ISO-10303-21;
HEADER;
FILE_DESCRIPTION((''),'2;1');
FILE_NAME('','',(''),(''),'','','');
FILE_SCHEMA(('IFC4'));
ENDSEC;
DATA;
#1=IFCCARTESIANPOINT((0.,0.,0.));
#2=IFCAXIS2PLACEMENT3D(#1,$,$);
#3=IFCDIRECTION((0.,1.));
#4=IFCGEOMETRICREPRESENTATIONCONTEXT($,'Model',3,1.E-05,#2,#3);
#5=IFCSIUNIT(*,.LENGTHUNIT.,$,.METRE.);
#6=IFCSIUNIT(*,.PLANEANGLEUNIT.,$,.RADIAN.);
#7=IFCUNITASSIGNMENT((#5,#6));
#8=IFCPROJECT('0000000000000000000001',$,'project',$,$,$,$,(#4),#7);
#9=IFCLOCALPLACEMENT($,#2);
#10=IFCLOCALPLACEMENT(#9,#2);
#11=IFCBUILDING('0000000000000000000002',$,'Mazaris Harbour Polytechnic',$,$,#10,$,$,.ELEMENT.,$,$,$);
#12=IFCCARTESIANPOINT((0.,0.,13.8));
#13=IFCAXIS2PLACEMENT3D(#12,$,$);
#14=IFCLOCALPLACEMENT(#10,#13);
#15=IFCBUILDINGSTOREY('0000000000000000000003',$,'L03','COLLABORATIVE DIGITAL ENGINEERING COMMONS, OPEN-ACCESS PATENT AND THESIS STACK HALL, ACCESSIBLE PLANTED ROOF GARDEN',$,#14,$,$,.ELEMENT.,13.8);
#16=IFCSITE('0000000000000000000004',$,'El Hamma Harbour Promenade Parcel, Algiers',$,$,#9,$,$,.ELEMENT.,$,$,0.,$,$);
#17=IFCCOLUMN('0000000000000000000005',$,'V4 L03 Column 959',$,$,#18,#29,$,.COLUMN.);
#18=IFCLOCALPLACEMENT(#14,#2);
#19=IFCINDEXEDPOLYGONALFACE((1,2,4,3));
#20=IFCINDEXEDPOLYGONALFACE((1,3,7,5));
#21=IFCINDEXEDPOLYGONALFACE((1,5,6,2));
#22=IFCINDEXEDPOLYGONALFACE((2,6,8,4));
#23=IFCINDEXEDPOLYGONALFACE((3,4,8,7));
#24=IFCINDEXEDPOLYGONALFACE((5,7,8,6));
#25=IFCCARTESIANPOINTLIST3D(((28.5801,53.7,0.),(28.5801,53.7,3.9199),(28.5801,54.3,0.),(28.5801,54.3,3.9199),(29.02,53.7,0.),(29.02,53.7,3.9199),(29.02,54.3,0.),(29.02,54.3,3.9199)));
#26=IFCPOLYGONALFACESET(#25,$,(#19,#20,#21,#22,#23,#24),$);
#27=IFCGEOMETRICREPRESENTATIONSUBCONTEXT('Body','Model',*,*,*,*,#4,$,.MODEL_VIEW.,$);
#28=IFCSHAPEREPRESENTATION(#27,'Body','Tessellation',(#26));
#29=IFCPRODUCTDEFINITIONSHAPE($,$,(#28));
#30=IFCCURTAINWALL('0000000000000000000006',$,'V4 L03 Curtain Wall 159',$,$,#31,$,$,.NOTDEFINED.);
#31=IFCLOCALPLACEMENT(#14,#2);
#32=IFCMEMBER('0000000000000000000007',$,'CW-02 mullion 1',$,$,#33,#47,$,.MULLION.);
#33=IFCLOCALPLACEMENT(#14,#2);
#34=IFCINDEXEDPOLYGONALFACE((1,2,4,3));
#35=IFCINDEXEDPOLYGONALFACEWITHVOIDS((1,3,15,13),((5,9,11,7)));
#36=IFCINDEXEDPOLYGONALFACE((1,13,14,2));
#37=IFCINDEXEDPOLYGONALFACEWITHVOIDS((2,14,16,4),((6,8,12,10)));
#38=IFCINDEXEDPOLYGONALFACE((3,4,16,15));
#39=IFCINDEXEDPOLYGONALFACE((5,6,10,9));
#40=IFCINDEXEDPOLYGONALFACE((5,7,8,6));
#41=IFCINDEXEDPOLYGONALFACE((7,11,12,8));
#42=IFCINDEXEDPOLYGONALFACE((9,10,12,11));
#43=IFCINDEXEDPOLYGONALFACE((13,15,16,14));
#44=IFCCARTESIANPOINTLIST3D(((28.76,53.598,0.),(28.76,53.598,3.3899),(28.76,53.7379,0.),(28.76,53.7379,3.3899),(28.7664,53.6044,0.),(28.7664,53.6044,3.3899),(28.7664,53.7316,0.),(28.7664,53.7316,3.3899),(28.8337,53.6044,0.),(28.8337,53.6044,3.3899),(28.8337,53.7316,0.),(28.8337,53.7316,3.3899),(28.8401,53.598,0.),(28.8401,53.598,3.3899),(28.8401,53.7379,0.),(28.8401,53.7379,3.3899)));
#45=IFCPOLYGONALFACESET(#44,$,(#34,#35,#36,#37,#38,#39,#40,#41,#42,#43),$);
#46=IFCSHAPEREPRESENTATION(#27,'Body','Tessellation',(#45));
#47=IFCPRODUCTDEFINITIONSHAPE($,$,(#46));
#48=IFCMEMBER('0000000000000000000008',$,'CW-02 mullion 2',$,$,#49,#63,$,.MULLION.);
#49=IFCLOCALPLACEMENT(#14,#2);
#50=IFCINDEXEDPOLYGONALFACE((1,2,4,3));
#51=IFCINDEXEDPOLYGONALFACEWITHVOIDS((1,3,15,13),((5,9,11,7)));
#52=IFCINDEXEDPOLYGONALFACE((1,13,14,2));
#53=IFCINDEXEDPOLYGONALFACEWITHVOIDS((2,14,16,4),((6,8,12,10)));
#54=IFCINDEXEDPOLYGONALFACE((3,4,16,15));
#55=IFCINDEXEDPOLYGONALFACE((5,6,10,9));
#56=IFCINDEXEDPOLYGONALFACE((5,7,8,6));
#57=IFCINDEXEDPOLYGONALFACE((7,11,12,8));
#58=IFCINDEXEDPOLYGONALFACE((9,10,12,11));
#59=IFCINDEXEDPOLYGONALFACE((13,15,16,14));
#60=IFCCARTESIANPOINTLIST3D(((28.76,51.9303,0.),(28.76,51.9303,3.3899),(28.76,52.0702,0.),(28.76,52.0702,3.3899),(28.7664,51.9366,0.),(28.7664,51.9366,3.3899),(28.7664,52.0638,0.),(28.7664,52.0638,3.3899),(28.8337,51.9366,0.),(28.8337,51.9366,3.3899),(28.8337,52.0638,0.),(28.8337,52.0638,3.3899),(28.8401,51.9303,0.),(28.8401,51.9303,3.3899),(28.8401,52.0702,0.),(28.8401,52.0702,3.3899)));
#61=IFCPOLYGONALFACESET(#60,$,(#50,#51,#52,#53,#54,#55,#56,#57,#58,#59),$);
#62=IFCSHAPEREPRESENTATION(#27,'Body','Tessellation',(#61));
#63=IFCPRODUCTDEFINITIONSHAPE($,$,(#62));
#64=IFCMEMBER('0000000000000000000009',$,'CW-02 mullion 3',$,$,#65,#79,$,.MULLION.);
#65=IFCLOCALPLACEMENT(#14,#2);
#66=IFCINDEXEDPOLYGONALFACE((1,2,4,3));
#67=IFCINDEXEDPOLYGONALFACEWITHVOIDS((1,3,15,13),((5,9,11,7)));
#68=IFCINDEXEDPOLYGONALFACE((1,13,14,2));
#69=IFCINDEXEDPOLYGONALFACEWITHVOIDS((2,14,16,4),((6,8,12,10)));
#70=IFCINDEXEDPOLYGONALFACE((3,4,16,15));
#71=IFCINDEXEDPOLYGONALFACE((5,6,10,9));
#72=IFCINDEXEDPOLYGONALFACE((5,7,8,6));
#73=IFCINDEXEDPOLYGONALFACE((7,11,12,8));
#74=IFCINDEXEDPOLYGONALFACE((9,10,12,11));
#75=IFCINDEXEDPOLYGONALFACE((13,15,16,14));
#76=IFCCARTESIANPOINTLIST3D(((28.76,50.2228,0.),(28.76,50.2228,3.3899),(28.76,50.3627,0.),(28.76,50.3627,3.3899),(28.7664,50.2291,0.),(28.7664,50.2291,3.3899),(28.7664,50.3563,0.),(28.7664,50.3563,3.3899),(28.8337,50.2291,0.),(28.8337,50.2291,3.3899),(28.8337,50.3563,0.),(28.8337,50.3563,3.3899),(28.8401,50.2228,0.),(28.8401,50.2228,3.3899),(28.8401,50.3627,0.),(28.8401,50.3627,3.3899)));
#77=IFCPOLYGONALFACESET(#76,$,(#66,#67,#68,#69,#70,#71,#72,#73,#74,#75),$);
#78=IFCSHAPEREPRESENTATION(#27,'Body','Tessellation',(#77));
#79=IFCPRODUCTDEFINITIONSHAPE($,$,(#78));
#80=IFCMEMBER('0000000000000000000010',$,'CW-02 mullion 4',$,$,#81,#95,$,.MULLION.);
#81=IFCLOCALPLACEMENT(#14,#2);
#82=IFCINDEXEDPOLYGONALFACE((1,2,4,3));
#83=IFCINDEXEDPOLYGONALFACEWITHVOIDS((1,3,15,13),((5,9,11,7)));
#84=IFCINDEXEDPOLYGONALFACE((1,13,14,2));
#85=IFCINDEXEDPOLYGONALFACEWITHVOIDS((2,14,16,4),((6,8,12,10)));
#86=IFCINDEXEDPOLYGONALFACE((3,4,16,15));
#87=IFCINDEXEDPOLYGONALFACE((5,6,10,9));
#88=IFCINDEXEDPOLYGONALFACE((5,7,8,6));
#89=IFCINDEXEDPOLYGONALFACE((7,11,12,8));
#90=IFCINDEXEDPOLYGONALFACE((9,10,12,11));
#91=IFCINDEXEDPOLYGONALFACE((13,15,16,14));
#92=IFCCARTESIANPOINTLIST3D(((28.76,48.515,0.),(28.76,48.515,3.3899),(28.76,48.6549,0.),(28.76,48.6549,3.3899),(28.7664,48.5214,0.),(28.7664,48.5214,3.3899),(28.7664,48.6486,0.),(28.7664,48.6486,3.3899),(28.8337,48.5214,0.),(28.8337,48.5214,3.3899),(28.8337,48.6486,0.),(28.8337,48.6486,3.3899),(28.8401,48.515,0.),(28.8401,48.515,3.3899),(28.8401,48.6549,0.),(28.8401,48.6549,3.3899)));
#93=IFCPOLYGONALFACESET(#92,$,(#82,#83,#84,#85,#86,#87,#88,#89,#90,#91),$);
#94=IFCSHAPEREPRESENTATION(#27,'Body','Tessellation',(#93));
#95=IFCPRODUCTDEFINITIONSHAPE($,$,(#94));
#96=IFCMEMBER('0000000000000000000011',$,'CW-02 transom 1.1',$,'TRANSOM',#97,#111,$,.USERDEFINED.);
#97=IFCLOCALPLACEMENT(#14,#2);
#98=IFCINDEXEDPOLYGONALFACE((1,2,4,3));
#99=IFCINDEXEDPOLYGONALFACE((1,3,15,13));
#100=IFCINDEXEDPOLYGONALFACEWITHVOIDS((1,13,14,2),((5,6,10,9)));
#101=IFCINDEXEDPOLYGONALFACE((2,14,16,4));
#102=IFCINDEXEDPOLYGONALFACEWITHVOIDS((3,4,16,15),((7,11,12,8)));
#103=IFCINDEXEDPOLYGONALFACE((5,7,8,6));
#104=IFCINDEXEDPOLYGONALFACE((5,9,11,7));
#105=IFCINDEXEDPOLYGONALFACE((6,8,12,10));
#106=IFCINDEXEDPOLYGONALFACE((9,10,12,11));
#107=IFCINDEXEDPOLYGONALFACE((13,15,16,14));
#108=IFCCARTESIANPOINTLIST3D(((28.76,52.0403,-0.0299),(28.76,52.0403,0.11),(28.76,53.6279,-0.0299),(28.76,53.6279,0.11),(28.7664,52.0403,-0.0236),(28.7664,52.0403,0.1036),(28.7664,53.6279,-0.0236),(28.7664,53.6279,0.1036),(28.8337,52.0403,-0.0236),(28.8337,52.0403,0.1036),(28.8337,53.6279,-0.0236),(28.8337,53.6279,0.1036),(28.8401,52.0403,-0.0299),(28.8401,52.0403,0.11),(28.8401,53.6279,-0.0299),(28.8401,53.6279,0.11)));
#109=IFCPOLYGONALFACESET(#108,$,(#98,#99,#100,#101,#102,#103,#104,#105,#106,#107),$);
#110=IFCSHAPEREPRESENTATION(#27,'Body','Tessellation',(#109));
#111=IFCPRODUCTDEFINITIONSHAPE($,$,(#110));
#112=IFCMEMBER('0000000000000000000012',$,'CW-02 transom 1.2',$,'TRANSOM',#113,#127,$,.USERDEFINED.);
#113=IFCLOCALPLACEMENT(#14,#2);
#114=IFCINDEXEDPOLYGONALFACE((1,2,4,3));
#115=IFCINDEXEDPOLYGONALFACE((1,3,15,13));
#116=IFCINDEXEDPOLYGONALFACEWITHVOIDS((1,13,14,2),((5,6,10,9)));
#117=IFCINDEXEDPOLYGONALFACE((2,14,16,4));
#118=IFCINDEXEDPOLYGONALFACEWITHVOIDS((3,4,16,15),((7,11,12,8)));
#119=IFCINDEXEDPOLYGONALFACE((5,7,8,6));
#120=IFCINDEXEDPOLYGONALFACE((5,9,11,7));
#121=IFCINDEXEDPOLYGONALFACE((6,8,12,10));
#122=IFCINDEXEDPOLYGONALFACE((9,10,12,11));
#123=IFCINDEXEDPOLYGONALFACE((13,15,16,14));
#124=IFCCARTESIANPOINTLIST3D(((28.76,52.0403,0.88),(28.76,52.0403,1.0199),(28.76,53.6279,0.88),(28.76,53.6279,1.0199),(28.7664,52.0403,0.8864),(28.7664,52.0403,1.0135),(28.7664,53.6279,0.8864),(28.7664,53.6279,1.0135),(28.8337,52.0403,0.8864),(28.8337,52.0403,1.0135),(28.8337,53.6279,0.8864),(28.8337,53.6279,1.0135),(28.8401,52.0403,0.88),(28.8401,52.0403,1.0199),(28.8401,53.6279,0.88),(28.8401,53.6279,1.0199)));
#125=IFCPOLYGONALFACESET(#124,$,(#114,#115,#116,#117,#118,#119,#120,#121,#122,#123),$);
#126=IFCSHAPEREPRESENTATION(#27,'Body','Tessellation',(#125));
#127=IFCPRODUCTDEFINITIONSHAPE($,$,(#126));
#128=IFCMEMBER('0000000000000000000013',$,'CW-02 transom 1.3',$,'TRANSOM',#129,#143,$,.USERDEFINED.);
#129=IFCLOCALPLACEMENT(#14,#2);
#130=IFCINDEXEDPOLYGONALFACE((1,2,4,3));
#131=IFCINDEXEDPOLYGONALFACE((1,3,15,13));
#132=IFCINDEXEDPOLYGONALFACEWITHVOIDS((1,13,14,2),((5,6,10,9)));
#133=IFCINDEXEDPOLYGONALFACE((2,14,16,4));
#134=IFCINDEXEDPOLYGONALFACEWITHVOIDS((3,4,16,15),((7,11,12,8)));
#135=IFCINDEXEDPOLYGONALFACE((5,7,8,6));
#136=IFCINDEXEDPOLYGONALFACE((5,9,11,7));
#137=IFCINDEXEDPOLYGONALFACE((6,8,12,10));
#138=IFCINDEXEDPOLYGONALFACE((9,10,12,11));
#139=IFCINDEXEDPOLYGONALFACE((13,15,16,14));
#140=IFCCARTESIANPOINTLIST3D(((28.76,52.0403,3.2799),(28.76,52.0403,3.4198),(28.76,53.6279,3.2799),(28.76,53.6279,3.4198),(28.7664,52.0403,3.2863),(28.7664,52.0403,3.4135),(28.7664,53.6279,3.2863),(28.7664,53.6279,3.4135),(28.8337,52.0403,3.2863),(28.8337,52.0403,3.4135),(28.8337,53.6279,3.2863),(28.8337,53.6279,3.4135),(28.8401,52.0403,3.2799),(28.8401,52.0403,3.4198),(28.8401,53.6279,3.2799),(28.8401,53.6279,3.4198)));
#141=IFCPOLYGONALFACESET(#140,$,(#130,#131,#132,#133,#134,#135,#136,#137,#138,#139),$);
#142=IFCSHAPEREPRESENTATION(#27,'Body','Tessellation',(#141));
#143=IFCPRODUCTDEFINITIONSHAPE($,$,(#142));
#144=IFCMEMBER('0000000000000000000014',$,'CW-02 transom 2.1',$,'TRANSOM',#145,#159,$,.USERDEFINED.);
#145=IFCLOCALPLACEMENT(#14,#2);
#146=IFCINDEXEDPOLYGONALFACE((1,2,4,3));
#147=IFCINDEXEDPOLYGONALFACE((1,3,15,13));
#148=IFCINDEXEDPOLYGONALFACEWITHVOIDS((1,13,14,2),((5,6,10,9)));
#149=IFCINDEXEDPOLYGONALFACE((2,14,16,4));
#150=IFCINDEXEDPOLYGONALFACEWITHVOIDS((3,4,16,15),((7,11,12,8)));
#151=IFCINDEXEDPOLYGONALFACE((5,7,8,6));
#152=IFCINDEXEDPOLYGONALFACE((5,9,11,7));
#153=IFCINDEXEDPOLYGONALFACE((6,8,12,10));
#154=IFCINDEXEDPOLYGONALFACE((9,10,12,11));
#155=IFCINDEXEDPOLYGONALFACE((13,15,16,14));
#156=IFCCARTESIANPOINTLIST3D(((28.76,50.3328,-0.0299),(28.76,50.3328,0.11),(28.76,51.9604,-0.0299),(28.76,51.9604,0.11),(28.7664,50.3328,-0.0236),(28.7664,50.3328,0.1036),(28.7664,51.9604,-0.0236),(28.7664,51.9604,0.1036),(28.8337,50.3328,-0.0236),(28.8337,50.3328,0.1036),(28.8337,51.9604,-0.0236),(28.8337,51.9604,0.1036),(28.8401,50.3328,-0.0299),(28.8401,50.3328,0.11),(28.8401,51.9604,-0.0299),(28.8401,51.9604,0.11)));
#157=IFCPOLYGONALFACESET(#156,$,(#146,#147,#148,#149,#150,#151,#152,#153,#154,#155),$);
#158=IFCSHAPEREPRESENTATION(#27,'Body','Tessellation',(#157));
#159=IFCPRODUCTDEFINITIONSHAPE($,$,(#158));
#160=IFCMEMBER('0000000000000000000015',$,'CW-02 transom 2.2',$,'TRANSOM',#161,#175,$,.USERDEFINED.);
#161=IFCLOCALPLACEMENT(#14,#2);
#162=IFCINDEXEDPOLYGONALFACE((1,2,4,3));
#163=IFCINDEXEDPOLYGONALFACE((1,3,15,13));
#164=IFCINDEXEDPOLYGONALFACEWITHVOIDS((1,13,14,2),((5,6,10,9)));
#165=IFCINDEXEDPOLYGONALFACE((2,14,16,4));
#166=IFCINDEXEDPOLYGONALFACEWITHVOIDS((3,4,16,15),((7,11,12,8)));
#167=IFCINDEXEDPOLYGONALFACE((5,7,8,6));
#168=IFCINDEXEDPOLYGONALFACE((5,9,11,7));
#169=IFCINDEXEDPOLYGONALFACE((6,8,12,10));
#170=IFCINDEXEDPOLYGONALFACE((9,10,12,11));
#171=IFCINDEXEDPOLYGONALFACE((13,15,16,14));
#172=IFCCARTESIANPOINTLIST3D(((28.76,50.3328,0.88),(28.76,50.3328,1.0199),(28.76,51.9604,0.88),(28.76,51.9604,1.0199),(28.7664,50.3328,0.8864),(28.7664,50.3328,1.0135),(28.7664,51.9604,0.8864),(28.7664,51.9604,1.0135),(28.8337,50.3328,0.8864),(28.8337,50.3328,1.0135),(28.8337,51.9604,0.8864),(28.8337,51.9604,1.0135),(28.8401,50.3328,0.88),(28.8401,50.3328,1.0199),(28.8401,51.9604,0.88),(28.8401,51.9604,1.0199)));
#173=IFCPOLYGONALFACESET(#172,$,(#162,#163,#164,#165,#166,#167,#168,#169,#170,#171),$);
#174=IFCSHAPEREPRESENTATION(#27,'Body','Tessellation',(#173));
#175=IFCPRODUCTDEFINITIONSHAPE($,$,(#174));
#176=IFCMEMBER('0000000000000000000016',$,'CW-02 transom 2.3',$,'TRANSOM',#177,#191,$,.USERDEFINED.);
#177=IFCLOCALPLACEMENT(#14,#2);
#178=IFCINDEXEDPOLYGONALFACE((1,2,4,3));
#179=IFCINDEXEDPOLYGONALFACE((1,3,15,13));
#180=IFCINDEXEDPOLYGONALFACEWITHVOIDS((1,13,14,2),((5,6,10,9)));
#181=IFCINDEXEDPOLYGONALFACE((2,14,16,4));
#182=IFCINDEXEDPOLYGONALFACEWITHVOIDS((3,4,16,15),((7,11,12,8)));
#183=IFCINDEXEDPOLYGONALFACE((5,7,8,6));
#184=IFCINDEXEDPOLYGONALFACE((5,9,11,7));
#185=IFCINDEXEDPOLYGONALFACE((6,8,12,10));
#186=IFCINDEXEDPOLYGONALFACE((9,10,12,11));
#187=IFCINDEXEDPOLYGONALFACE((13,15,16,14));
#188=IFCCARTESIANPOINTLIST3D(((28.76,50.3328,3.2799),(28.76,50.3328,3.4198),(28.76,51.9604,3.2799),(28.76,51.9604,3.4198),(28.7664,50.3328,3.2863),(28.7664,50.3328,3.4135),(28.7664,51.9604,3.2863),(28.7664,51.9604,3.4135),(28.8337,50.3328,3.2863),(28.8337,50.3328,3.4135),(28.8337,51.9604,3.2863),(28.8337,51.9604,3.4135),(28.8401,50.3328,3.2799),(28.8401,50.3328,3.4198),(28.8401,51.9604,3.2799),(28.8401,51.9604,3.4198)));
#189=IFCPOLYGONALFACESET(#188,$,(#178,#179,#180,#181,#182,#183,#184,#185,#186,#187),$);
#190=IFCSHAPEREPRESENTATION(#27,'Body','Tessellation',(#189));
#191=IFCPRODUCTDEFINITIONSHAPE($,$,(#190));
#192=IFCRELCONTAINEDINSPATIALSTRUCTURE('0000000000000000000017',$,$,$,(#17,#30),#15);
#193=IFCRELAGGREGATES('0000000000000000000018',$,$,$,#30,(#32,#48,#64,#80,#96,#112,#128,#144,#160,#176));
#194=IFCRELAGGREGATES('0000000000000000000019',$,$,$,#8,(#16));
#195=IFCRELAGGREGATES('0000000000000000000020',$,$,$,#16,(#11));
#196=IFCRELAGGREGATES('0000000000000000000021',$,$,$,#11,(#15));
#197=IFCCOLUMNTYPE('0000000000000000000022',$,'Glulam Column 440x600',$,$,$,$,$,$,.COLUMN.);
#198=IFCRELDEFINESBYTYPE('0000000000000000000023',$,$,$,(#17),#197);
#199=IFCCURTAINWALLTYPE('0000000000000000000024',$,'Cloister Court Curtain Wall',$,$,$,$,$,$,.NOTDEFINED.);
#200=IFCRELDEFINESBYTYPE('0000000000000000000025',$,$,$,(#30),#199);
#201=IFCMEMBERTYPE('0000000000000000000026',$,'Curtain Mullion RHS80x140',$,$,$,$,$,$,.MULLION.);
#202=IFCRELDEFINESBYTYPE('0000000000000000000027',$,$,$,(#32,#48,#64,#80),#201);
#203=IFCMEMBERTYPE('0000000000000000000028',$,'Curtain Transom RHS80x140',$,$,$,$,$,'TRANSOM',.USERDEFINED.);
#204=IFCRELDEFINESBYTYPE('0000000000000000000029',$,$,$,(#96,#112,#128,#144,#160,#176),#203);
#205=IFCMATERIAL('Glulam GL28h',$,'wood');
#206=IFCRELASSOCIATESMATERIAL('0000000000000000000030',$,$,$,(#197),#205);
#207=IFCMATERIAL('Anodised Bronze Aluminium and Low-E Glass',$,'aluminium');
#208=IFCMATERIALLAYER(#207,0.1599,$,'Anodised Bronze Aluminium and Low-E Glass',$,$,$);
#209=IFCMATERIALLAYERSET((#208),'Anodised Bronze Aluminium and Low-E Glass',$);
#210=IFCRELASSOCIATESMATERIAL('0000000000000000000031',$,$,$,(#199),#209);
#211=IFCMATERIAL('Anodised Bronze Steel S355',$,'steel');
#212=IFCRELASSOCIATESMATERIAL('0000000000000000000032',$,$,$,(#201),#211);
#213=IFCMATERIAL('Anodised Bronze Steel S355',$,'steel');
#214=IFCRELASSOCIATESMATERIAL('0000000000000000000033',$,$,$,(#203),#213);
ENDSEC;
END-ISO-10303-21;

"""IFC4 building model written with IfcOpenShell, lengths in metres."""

from ifc_helpers import new_model, si_unit, direction, frame, origin, origin_2d, place, context, subcontext, project, spatial, rectangle, hollow_rectangle, extrude, material, layer, layer_set, material_profile, profile_set, type_object, element, aggregate, save


model = new_model("IFC4")

# Units and contexts
model_context = context("Model", 3, precision=1e-05, world=origin(), true_north=direction((0.0, 1.0)))
body_context = subcontext(model_context, "Body", "Model", "MODEL_VIEW")
ifc_project = project(units=[si_unit("LENGTHUNIT", "METRE"), si_unit("PLANEANGLEUNIT", "RADIAN")], contexts=[model_context])

# Site, building, storey
site_placement = place(None, origin())
site = spatial("IfcSite", under=ifc_project, at=site_placement, Name="El Hamma Harbour Promenade Parcel, Algiers", CompositionType="ELEMENT", RefElevation=0.0)
building_placement = place(site_placement, origin())
building = spatial("IfcBuilding", under=site, at=building_placement, Name="Mazaris Harbour Polytechnic", CompositionType="ELEMENT")
storey_placement = place(building_placement, frame((0.0, 0.0, 13.8)))
storey = spatial("IfcBuildingStorey", under=building, at=storey_placement, Name="L03", Description="COLLABORATIVE DIGITAL ENGINEERING COMMONS, OPEN-ACCESS PATENT AND THESIS STACK HALL, ACCESSIBLE PLANTED ROOF GARDEN", CompositionType="ELEMENT", Elevation=13.8)

# Column
ifc_material_1 = material(Name="Glulam GL28h", Category="wood")
ifc_material_profile_1 = material_profile(ifc_material_1, rectangle(XDim=0.4399, YDim=0.6001, at=origin_2d()), Name="RECT440x600")
ifc_profile_set_1 = profile_set([ifc_material_profile_1], Name="Glulam GL28h")
column_type = type_object("IfcColumnType", Name="Glulam Column 440x600", PredefinedType="COLUMN", material=ifc_profile_set_1)
column_placement = place(storey_placement, frame((28.8, 54.0, 0.0), z_axis=(0.0, 0.0, 1.0), x_axis=(1.0, 0.0, 0.0)))
element("IfcColumn", 1, at=column_placement, inside=storey, type_object=column_type, Name="V4 L03 Column 959", PredefinedType="COLUMN", context=body_context, shape_type="SweptSolid", body=[
    extrude(rectangle(XDim=0.4399, YDim=0.6001, at=origin_2d()), origin(), (0.0, 0.0, 1.0), 3.9199),
])

# Curtain wall, members
ifc_material_2 = material(Name="Anodised Bronze Aluminium and Low-E Glass", Category="aluminium")
ifc_layer_1 = layer(ifc_material_2, 0.1599, Name="Anodised Bronze Aluminium and Low-E Glass")
ifc_layer_set_1 = layer_set([ifc_layer_1], Name="Anodised Bronze Aluminium and Low-E Glass")
curtain_wall_type = type_object("IfcCurtainWallType", Name="Cloister Court Curtain Wall", PredefinedType="NOTDEFINED", material=ifc_layer_set_1)
curtain_wall_placement = place(storey_placement, origin())
curtain_wall = element("IfcCurtainWall", 2, at=curtain_wall_placement, inside=storey, type_object=curtain_wall_type, Name="V4 L03 Curtain Wall 159", PredefinedType="NOTDEFINED")
ifc_material_3 = material(Name="Anodised Bronze Steel S355", Category="steel")
ifc_material_profile_2 = material_profile(ifc_material_3, hollow_rectangle(XDim=0.0801, YDim=0.1399, WallThickness=0.0063, at=origin_2d()), Name="RHS 80x140x6.3")
ifc_profile_set_2 = profile_set([ifc_material_profile_2], Name="Anodised Bronze Steel S355")
member_type_1 = type_object("IfcMemberType", Name="Curtain Mullion RHS80x140", PredefinedType="MULLION", material=ifc_profile_set_2)
member_1_placement = place(storey_placement, frame((28.8, 53.668, 0.0), z_axis=(0.0, 0.0, 1.0), x_axis=(1.0, 0.0, 0.0)))
member_1 = element("IfcMember", 3, at=member_1_placement, type_object=member_type_1, Name="CW-02 mullion 1", PredefinedType="MULLION", context=body_context, shape_type="SweptSolid", body=[
    extrude(hollow_rectangle(XDim=0.0801, YDim=0.1399, WallThickness=0.0063, at=origin_2d()), origin(), (0.0, 0.0, 1.0), 3.3899),
])
member_2_placement = place(storey_placement, frame((28.8, 52.0002, 0.0), z_axis=(0.0, 0.0, 1.0), x_axis=(1.0, 0.0, 0.0)))
member_2 = element("IfcMember", 4, at=member_2_placement, type_object=member_type_1, Name="CW-02 mullion 2", PredefinedType="MULLION", context=body_context, shape_type="SweptSolid", body=[
    extrude(hollow_rectangle(XDim=0.0801, YDim=0.1399, WallThickness=0.0063, at=origin_2d()), origin(), (0.0, 0.0, 1.0), 3.3899),
])
member_3_placement = place(storey_placement, frame((28.8, 50.2927, 0.0), z_axis=(0.0, 0.0, 1.0), x_axis=(1.0, 0.0, 0.0)))
member_3 = element("IfcMember", 5, at=member_3_placement, type_object=member_type_1, Name="CW-02 mullion 3", PredefinedType="MULLION", context=body_context, shape_type="SweptSolid", body=[
    extrude(hollow_rectangle(XDim=0.0801, YDim=0.1399, WallThickness=0.0063, at=origin_2d()), origin(), (0.0, 0.0, 1.0), 3.3899),
])
member_4_placement = place(storey_placement, frame((28.8, 48.585, 0.0), z_axis=(0.0, 0.0, 1.0), x_axis=(1.0, 0.0, 0.0)))
member_4 = element("IfcMember", 6, at=member_4_placement, type_object=member_type_1, Name="CW-02 mullion 4", PredefinedType="MULLION", context=body_context, shape_type="SweptSolid", body=[
    extrude(hollow_rectangle(XDim=0.0801, YDim=0.1399, WallThickness=0.0063, at=origin_2d()), origin(), (0.0, 0.0, 1.0), 3.3899),
])
ifc_material_4 = material(Name="Anodised Bronze Steel S355", Category="steel")
ifc_material_profile_3 = material_profile(ifc_material_4, hollow_rectangle(XDim=0.0801, YDim=0.1399, WallThickness=0.0063, at=origin_2d()), Name="RHS 80x140x6.3")
ifc_profile_set_3 = profile_set([ifc_material_profile_3], Name="Anodised Bronze Steel S355")
member_type_2 = type_object("IfcMemberType", Name="Curtain Transom RHS80x140", ElementType="TRANSOM", PredefinedType="USERDEFINED", material=ifc_profile_set_3)
member_5_placement = place(storey_placement, frame((28.8, 53.6279, 0.04), z_axis=(0.0, -1.0, 0.0), x_axis=(1.0, 0.0, 0.0)))
member_5 = element("IfcMember", 7, at=member_5_placement, type_object=member_type_2, Name="CW-02 transom 1.1", ObjectType="TRANSOM", PredefinedType="USERDEFINED", context=body_context, shape_type="SweptSolid", body=[
    extrude(hollow_rectangle(XDim=0.0801, YDim=0.1399, WallThickness=0.0063, at=origin_2d()), origin(), (0.0, 0.0, 1.0), 1.5876),
])
member_6_placement = place(storey_placement, frame((28.8, 53.6279, 0.95), z_axis=(0.0, -1.0, 0.0), x_axis=(1.0, 0.0, 0.0)))
member_6 = element("IfcMember", 8, at=member_6_placement, type_object=member_type_2, Name="CW-02 transom 1.2", ObjectType="TRANSOM", PredefinedType="USERDEFINED", context=body_context, shape_type="SweptSolid", body=[
    extrude(hollow_rectangle(XDim=0.0801, YDim=0.1399, WallThickness=0.0063, at=origin_2d()), origin(), (0.0, 0.0, 1.0), 1.5876),
])
member_7_placement = place(storey_placement, frame((28.8, 53.6279, 3.3499), z_axis=(0.0, -1.0, 0.0), x_axis=(1.0, 0.0, 0.0)))
member_7 = element("IfcMember", 9, at=member_7_placement, type_object=member_type_2, Name="CW-02 transom 1.3", ObjectType="TRANSOM", PredefinedType="USERDEFINED", context=body_context, shape_type="SweptSolid", body=[
    extrude(hollow_rectangle(XDim=0.0801, YDim=0.1399, WallThickness=0.0063, at=origin_2d()), origin(), (0.0, 0.0, 1.0), 1.5876),
])
member_8_placement = place(storey_placement, frame((28.8, 51.9604, 0.04), z_axis=(0.0, -1.0, 0.0), x_axis=(1.0, 0.0, 0.0)))
member_8 = element("IfcMember", 10, at=member_8_placement, type_object=member_type_2, Name="CW-02 transom 2.1", ObjectType="TRANSOM", PredefinedType="USERDEFINED", context=body_context, shape_type="SweptSolid", body=[
    extrude(hollow_rectangle(XDim=0.0801, YDim=0.1399, WallThickness=0.0063, at=origin_2d()), origin(), (0.0, 0.0, 1.0), 1.6277),
])
member_9_placement = place(storey_placement, frame((28.8, 51.9604, 0.95), z_axis=(0.0, -1.0, 0.0), x_axis=(1.0, 0.0, 0.0)))
member_9 = element("IfcMember", 11, at=member_9_placement, type_object=member_type_2, Name="CW-02 transom 2.2", ObjectType="TRANSOM", PredefinedType="USERDEFINED", context=body_context, shape_type="SweptSolid", body=[
    extrude(hollow_rectangle(XDim=0.0801, YDim=0.1399, WallThickness=0.0063, at=origin_2d()), origin(), (0.0, 0.0, 1.0), 1.6277),
])
member_10_placement = place(storey_placement, frame((28.8, 51.9604, 3.3499), z_axis=(0.0, -1.0, 0.0), x_axis=(1.0, 0.0, 0.0)))
member_10 = element("IfcMember", 12, at=member_10_placement, type_object=member_type_2, Name="CW-02 transom 2.3", ObjectType="TRANSOM", PredefinedType="USERDEFINED", context=body_context, shape_type="SweptSolid", body=[
    extrude(hollow_rectangle(XDim=0.0801, YDim=0.1399, WallThickness=0.0063, at=origin_2d()), origin(), (0.0, 0.0, 1.0), 1.6277),
])

aggregate(curtain_wall, [member_1, member_2, member_3, member_4, member_5, member_6, member_7, member_8, member_9, member_10])

save(model, "model.ifc")
